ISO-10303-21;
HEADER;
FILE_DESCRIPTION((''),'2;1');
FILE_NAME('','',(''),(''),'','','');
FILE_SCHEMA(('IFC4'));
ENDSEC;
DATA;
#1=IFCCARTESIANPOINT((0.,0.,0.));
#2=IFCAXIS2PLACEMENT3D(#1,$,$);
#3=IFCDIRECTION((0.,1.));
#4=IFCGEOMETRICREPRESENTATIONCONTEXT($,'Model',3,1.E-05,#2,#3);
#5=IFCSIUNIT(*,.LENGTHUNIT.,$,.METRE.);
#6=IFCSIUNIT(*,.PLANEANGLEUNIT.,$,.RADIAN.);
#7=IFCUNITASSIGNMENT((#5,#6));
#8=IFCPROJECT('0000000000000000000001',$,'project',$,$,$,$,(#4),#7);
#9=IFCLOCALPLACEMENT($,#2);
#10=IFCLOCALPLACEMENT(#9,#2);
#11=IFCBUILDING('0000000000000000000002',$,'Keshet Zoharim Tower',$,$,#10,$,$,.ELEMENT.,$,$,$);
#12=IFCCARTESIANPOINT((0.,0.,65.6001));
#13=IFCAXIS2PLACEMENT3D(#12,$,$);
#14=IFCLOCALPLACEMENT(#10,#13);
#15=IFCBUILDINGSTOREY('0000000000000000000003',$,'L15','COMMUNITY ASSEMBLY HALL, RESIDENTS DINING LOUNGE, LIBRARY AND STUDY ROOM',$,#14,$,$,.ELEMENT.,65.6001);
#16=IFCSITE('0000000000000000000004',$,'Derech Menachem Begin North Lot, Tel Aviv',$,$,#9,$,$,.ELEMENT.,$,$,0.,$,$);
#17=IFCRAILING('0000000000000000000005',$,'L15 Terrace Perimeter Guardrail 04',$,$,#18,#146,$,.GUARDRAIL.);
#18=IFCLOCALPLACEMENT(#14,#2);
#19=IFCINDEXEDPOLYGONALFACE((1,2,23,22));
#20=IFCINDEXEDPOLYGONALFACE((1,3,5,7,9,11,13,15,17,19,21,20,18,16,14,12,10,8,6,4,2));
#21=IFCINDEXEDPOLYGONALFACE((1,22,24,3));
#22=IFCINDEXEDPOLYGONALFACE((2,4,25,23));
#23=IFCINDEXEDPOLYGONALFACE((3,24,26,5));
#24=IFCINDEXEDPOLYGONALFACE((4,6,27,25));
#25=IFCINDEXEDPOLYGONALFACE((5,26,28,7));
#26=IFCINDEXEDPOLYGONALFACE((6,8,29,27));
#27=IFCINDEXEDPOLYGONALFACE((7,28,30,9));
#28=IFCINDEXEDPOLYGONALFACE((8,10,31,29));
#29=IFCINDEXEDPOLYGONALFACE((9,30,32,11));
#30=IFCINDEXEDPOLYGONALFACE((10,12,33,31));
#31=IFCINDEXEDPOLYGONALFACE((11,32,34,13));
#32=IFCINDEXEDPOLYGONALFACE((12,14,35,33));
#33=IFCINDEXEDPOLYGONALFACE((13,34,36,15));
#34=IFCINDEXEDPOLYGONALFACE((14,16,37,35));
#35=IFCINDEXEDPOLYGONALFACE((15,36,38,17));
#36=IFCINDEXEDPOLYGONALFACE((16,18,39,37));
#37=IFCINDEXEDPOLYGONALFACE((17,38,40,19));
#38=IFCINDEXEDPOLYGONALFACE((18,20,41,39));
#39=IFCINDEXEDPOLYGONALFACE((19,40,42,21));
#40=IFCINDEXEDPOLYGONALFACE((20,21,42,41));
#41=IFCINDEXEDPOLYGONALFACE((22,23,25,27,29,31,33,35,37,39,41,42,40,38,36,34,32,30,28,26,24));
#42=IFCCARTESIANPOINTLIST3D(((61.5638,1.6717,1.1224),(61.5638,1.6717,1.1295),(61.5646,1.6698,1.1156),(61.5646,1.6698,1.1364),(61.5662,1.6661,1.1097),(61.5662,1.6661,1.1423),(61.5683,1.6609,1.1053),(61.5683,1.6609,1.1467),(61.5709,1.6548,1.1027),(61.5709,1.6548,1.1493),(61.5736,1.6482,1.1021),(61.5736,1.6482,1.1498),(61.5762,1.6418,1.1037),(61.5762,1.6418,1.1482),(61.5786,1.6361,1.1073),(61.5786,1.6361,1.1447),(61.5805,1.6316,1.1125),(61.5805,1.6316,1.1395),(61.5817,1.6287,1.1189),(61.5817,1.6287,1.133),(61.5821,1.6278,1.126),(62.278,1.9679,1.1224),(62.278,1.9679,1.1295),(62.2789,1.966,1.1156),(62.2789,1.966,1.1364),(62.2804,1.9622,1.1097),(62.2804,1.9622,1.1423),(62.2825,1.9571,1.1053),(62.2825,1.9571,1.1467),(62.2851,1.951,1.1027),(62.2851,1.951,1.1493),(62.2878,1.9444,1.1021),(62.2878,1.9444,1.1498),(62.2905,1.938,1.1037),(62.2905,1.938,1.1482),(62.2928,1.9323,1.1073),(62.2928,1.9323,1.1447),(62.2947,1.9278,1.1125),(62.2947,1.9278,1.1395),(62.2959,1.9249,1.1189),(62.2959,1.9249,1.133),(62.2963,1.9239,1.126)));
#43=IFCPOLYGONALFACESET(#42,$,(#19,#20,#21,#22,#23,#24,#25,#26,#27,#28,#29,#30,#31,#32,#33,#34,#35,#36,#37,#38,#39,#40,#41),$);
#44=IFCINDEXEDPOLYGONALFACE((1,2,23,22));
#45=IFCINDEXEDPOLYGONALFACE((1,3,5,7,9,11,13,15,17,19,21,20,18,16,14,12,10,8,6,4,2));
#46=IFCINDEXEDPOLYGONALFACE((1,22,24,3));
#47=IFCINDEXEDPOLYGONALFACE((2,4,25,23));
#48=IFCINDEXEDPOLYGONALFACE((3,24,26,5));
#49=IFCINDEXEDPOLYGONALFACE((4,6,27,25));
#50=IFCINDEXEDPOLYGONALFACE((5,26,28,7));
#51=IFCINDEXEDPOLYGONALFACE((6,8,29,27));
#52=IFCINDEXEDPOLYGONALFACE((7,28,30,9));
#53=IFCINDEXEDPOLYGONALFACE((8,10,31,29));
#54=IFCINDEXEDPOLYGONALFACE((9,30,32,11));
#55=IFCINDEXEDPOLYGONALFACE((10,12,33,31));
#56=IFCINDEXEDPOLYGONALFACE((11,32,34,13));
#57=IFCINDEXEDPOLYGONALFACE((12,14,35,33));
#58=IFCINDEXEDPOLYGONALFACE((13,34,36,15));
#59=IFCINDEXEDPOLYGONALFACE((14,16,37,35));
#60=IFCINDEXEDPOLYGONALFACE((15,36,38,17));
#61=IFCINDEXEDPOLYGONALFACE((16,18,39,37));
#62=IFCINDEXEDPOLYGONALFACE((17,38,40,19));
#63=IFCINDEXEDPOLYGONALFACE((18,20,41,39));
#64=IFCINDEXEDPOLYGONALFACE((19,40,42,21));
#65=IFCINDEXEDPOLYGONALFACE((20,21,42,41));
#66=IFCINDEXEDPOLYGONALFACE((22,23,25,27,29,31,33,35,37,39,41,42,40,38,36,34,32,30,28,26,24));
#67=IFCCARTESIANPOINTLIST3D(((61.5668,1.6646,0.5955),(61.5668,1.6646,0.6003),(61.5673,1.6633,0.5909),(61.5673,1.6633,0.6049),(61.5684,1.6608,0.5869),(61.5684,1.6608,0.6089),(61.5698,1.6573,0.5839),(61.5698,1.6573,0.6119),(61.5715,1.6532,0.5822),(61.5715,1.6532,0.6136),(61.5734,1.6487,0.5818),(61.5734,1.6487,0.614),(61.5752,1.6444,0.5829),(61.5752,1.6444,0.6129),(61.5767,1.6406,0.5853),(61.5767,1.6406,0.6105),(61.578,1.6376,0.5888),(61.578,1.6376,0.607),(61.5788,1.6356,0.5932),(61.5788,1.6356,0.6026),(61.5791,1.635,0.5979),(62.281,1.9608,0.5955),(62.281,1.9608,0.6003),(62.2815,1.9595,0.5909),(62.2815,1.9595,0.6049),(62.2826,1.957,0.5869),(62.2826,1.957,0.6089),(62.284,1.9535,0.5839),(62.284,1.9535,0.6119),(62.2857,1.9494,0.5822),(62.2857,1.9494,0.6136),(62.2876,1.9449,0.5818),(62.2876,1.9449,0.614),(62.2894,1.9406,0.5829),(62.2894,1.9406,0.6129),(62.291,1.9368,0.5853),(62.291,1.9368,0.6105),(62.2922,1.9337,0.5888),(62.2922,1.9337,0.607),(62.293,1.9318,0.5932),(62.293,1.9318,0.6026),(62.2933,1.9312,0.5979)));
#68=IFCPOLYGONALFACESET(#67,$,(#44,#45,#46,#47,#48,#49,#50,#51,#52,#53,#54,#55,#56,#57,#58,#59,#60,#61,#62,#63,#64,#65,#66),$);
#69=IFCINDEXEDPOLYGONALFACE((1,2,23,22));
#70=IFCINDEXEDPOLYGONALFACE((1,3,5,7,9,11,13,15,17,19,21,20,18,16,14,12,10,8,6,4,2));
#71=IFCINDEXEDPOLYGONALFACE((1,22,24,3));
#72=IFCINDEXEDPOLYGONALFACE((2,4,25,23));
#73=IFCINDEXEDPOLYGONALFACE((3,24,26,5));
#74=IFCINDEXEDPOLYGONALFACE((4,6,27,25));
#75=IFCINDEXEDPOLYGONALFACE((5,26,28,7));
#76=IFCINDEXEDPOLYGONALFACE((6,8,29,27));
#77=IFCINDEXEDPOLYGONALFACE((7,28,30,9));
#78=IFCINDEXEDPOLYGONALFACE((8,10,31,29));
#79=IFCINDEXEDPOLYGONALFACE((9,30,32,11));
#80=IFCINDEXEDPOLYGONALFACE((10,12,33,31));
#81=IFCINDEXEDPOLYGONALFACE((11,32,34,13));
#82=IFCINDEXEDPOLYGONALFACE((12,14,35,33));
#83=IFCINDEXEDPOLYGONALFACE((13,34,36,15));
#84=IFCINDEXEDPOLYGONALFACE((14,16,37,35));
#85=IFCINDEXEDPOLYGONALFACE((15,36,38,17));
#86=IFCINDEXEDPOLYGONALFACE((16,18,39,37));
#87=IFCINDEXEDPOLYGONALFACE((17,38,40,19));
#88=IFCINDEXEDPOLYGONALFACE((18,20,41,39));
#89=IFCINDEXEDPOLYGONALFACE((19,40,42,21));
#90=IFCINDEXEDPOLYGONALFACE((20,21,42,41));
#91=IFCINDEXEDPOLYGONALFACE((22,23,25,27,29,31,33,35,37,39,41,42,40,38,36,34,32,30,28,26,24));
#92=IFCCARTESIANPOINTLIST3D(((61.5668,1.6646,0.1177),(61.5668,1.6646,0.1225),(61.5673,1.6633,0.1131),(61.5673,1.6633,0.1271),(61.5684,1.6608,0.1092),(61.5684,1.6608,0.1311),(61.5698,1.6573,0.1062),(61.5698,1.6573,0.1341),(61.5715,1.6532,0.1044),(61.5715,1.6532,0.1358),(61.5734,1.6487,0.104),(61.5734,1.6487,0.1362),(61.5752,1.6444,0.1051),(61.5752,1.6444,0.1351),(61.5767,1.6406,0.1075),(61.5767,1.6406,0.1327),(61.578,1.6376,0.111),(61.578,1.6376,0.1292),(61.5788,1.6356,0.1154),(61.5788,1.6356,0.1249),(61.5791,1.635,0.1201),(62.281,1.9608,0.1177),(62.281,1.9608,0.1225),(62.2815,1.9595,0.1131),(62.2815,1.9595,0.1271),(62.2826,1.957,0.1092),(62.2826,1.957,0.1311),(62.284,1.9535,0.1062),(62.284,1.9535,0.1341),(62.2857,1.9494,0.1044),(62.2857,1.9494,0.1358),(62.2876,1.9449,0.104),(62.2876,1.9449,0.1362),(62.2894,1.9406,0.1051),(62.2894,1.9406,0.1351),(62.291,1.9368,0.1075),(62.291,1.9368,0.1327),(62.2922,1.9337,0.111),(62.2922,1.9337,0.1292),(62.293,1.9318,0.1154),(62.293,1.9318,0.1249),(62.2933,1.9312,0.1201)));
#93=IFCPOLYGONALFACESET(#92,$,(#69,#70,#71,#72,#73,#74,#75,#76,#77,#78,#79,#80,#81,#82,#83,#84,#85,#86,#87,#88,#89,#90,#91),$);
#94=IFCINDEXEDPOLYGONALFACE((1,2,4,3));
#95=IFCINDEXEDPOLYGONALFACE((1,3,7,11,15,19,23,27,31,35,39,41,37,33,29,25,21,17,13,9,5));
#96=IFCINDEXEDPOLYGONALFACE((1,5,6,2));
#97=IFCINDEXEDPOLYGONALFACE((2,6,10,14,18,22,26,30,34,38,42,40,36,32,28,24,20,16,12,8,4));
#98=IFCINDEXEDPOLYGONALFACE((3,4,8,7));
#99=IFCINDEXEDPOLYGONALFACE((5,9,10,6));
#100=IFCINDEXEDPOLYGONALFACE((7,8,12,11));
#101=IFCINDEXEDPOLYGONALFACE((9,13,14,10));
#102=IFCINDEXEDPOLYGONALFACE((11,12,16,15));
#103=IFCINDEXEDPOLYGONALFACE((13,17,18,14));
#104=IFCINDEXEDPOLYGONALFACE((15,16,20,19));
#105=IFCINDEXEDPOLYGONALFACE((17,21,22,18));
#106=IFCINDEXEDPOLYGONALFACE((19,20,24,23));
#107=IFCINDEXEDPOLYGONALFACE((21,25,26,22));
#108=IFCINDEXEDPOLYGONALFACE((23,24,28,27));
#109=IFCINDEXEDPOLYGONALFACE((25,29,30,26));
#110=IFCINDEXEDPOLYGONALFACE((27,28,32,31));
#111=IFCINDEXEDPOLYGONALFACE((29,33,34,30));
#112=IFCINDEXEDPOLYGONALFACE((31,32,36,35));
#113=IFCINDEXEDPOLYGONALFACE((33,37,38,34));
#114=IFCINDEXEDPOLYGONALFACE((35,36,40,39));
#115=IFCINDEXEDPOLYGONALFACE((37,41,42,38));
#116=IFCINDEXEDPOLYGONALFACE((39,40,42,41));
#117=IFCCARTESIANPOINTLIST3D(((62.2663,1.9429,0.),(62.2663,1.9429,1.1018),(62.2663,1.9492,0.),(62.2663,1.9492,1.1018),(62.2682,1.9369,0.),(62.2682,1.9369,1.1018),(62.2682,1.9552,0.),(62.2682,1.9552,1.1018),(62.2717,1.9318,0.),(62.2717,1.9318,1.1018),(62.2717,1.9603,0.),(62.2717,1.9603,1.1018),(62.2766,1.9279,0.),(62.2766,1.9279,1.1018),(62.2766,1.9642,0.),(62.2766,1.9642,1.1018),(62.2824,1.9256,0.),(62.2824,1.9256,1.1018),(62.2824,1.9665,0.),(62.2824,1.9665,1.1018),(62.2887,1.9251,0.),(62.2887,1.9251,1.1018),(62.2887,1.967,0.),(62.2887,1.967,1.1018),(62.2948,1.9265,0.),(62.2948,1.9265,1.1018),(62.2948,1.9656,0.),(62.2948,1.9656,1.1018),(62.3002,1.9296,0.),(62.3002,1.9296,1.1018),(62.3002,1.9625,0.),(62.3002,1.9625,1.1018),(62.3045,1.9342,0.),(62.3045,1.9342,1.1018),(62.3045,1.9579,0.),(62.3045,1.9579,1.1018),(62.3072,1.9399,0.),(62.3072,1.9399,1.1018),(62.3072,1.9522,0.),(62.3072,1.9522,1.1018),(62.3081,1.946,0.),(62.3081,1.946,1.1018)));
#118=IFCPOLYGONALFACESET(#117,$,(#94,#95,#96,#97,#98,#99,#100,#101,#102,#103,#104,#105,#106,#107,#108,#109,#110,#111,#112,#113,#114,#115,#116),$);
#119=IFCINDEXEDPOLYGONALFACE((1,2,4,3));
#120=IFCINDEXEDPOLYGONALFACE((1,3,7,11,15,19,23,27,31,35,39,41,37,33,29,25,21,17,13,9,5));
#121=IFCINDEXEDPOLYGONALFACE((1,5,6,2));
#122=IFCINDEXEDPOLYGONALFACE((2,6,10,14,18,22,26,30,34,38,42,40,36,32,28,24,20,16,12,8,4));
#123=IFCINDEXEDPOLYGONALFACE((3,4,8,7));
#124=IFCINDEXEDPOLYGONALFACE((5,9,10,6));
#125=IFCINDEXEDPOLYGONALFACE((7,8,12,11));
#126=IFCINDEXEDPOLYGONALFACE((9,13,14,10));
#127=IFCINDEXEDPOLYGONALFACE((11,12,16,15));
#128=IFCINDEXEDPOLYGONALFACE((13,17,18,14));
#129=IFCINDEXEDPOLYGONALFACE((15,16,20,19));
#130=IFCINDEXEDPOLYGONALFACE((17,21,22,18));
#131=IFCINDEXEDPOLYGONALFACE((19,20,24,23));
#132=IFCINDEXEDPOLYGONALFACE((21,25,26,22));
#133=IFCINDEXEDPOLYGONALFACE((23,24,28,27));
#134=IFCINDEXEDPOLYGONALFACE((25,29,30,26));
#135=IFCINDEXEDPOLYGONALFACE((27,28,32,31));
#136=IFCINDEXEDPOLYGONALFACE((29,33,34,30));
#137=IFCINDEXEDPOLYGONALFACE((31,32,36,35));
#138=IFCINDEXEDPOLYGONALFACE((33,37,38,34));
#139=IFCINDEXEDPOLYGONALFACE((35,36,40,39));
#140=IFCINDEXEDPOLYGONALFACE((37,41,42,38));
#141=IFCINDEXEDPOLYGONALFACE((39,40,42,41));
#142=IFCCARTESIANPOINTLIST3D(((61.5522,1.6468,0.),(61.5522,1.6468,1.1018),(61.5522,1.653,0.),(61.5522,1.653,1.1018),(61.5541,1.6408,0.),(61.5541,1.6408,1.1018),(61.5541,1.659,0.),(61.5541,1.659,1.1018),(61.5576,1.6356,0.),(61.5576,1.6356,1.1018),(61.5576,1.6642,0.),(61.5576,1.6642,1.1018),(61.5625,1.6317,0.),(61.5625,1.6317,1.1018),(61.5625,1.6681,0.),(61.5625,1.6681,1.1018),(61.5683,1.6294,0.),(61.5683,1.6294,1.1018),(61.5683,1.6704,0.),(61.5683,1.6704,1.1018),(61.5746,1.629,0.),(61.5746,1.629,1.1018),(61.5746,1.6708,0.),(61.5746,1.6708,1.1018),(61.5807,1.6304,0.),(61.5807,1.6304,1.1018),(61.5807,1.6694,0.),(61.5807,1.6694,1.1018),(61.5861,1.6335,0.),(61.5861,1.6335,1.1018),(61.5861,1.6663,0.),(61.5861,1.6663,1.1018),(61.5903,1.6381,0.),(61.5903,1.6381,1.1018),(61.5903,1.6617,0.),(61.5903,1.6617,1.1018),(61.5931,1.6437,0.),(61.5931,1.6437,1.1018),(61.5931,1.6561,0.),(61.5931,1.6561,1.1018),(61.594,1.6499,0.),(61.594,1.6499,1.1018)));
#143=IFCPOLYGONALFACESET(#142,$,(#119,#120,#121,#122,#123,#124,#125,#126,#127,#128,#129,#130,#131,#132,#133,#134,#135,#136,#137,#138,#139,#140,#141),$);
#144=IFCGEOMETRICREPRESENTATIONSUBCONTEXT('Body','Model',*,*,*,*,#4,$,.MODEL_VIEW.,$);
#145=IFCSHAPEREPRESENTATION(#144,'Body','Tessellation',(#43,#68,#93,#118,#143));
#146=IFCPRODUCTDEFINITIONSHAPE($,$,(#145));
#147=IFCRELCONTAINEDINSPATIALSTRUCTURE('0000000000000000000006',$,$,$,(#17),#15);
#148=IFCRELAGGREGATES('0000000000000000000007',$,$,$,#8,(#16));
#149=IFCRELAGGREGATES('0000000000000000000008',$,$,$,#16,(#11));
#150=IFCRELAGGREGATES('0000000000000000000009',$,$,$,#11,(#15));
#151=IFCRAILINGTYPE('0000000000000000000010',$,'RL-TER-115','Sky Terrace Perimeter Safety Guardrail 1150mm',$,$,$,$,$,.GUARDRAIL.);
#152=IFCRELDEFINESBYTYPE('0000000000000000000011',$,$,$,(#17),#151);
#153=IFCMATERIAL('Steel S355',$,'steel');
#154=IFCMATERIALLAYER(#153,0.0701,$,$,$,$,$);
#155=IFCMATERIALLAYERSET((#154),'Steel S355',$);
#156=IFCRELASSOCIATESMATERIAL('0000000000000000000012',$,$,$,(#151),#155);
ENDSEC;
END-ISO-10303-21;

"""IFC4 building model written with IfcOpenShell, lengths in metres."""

from ifc_helpers import new_model, si_unit, direction, frame, origin, origin_2d, place, context, subcontext, project, spatial, circle, extrude, material, layer, layer_set, type_object, element, save


model = new_model("IFC4")

# Units and contexts
model_context = context("Model", 3, precision=1e-05, world=origin(), true_north=direction((0.0, 1.0)))
body_context = subcontext(model_context, "Body", "Model", "MODEL_VIEW")
ifc_project = project(units=[si_unit("LENGTHUNIT", "METRE"), si_unit("PLANEANGLEUNIT", "RADIAN")], contexts=[model_context])

# Site, building, storey
site_placement = place(None, origin())
site = spatial("IfcSite", under=ifc_project, at=site_placement, Name="Derech Menachem Begin North Lot, Tel Aviv", CompositionType="ELEMENT", RefElevation=0.0)
building_placement = place(site_placement, origin())
building = spatial("IfcBuilding", under=site, at=building_placement, Name="Keshet Zoharim Tower", CompositionType="ELEMENT")
storey_placement = place(building_placement, frame((0.0, 0.0, 65.6001)))
storey = spatial("IfcBuildingStorey", under=building, at=storey_placement, Name="L15", Description="COMMUNITY ASSEMBLY HALL, RESIDENTS DINING LOUNGE, LIBRARY AND STUDY ROOM", CompositionType="ELEMENT", Elevation=65.6001)

# Shared definitions
ifc_material_1 = material(Name="Steel S355", Category="steel")

# Railing
ifc_layer_1 = layer(ifc_material_1, 0.0701)
ifc_layer_set_1 = layer_set([ifc_layer_1], Name="Steel S355")
railing_type = type_object("IfcRailingType", Name="RL-TER-115", Description="Sky Terrace Perimeter Safety Guardrail 1150mm", PredefinedType="GUARDRAIL", material=ifc_layer_set_1)
railing_1_placement = place(storey_placement, frame((62.2871, 1.946, 0.0)))
element("IfcRailing", 1, at=railing_1_placement, inside=storey, type_object=railing_type, Name="L15 Terrace Perimeter Guardrail 04", PredefinedType="GUARDRAIL", context=body_context, shape_type="SweptSolid", body=[
    extrude(circle(Radius=0.0239, at=origin_2d()), frame((0.0, 0.0, 1.126), z_axis=(-0.92372, -0.383068, 0.0), x_axis=(0.383068, -0.92372, 0.0)), (0.0, 0.0, 1.0), 0.7732),
    extrude(circle(Radius=0.0161, at=origin_2d()), frame((0.0, 0.0, 0.5979), z_axis=(-0.92372, -0.383068, 0.0), x_axis=(0.383068, -0.92372, 0.0)), (0.0, 0.0, 1.0), 0.7732),
    extrude(circle(Radius=0.0161, at=origin_2d()), frame((0.0, 0.0, 0.1201), z_axis=(-0.92372, -0.383068, 0.0), x_axis=(0.383068, -0.92372, 0.0)), (0.0, 0.0, 1.0), 0.7732),
    extrude(circle(Radius=0.021, at=origin_2d()), origin(), (0.0, 0.0, 1.0), 1.1018),
    extrude(circle(Radius=0.021, at=origin_2d()), frame((-0.7141, -0.2961, 0.0)), (0.0, 0.0, 1.0), 1.1018),
])

save(model, "model.ifc")
